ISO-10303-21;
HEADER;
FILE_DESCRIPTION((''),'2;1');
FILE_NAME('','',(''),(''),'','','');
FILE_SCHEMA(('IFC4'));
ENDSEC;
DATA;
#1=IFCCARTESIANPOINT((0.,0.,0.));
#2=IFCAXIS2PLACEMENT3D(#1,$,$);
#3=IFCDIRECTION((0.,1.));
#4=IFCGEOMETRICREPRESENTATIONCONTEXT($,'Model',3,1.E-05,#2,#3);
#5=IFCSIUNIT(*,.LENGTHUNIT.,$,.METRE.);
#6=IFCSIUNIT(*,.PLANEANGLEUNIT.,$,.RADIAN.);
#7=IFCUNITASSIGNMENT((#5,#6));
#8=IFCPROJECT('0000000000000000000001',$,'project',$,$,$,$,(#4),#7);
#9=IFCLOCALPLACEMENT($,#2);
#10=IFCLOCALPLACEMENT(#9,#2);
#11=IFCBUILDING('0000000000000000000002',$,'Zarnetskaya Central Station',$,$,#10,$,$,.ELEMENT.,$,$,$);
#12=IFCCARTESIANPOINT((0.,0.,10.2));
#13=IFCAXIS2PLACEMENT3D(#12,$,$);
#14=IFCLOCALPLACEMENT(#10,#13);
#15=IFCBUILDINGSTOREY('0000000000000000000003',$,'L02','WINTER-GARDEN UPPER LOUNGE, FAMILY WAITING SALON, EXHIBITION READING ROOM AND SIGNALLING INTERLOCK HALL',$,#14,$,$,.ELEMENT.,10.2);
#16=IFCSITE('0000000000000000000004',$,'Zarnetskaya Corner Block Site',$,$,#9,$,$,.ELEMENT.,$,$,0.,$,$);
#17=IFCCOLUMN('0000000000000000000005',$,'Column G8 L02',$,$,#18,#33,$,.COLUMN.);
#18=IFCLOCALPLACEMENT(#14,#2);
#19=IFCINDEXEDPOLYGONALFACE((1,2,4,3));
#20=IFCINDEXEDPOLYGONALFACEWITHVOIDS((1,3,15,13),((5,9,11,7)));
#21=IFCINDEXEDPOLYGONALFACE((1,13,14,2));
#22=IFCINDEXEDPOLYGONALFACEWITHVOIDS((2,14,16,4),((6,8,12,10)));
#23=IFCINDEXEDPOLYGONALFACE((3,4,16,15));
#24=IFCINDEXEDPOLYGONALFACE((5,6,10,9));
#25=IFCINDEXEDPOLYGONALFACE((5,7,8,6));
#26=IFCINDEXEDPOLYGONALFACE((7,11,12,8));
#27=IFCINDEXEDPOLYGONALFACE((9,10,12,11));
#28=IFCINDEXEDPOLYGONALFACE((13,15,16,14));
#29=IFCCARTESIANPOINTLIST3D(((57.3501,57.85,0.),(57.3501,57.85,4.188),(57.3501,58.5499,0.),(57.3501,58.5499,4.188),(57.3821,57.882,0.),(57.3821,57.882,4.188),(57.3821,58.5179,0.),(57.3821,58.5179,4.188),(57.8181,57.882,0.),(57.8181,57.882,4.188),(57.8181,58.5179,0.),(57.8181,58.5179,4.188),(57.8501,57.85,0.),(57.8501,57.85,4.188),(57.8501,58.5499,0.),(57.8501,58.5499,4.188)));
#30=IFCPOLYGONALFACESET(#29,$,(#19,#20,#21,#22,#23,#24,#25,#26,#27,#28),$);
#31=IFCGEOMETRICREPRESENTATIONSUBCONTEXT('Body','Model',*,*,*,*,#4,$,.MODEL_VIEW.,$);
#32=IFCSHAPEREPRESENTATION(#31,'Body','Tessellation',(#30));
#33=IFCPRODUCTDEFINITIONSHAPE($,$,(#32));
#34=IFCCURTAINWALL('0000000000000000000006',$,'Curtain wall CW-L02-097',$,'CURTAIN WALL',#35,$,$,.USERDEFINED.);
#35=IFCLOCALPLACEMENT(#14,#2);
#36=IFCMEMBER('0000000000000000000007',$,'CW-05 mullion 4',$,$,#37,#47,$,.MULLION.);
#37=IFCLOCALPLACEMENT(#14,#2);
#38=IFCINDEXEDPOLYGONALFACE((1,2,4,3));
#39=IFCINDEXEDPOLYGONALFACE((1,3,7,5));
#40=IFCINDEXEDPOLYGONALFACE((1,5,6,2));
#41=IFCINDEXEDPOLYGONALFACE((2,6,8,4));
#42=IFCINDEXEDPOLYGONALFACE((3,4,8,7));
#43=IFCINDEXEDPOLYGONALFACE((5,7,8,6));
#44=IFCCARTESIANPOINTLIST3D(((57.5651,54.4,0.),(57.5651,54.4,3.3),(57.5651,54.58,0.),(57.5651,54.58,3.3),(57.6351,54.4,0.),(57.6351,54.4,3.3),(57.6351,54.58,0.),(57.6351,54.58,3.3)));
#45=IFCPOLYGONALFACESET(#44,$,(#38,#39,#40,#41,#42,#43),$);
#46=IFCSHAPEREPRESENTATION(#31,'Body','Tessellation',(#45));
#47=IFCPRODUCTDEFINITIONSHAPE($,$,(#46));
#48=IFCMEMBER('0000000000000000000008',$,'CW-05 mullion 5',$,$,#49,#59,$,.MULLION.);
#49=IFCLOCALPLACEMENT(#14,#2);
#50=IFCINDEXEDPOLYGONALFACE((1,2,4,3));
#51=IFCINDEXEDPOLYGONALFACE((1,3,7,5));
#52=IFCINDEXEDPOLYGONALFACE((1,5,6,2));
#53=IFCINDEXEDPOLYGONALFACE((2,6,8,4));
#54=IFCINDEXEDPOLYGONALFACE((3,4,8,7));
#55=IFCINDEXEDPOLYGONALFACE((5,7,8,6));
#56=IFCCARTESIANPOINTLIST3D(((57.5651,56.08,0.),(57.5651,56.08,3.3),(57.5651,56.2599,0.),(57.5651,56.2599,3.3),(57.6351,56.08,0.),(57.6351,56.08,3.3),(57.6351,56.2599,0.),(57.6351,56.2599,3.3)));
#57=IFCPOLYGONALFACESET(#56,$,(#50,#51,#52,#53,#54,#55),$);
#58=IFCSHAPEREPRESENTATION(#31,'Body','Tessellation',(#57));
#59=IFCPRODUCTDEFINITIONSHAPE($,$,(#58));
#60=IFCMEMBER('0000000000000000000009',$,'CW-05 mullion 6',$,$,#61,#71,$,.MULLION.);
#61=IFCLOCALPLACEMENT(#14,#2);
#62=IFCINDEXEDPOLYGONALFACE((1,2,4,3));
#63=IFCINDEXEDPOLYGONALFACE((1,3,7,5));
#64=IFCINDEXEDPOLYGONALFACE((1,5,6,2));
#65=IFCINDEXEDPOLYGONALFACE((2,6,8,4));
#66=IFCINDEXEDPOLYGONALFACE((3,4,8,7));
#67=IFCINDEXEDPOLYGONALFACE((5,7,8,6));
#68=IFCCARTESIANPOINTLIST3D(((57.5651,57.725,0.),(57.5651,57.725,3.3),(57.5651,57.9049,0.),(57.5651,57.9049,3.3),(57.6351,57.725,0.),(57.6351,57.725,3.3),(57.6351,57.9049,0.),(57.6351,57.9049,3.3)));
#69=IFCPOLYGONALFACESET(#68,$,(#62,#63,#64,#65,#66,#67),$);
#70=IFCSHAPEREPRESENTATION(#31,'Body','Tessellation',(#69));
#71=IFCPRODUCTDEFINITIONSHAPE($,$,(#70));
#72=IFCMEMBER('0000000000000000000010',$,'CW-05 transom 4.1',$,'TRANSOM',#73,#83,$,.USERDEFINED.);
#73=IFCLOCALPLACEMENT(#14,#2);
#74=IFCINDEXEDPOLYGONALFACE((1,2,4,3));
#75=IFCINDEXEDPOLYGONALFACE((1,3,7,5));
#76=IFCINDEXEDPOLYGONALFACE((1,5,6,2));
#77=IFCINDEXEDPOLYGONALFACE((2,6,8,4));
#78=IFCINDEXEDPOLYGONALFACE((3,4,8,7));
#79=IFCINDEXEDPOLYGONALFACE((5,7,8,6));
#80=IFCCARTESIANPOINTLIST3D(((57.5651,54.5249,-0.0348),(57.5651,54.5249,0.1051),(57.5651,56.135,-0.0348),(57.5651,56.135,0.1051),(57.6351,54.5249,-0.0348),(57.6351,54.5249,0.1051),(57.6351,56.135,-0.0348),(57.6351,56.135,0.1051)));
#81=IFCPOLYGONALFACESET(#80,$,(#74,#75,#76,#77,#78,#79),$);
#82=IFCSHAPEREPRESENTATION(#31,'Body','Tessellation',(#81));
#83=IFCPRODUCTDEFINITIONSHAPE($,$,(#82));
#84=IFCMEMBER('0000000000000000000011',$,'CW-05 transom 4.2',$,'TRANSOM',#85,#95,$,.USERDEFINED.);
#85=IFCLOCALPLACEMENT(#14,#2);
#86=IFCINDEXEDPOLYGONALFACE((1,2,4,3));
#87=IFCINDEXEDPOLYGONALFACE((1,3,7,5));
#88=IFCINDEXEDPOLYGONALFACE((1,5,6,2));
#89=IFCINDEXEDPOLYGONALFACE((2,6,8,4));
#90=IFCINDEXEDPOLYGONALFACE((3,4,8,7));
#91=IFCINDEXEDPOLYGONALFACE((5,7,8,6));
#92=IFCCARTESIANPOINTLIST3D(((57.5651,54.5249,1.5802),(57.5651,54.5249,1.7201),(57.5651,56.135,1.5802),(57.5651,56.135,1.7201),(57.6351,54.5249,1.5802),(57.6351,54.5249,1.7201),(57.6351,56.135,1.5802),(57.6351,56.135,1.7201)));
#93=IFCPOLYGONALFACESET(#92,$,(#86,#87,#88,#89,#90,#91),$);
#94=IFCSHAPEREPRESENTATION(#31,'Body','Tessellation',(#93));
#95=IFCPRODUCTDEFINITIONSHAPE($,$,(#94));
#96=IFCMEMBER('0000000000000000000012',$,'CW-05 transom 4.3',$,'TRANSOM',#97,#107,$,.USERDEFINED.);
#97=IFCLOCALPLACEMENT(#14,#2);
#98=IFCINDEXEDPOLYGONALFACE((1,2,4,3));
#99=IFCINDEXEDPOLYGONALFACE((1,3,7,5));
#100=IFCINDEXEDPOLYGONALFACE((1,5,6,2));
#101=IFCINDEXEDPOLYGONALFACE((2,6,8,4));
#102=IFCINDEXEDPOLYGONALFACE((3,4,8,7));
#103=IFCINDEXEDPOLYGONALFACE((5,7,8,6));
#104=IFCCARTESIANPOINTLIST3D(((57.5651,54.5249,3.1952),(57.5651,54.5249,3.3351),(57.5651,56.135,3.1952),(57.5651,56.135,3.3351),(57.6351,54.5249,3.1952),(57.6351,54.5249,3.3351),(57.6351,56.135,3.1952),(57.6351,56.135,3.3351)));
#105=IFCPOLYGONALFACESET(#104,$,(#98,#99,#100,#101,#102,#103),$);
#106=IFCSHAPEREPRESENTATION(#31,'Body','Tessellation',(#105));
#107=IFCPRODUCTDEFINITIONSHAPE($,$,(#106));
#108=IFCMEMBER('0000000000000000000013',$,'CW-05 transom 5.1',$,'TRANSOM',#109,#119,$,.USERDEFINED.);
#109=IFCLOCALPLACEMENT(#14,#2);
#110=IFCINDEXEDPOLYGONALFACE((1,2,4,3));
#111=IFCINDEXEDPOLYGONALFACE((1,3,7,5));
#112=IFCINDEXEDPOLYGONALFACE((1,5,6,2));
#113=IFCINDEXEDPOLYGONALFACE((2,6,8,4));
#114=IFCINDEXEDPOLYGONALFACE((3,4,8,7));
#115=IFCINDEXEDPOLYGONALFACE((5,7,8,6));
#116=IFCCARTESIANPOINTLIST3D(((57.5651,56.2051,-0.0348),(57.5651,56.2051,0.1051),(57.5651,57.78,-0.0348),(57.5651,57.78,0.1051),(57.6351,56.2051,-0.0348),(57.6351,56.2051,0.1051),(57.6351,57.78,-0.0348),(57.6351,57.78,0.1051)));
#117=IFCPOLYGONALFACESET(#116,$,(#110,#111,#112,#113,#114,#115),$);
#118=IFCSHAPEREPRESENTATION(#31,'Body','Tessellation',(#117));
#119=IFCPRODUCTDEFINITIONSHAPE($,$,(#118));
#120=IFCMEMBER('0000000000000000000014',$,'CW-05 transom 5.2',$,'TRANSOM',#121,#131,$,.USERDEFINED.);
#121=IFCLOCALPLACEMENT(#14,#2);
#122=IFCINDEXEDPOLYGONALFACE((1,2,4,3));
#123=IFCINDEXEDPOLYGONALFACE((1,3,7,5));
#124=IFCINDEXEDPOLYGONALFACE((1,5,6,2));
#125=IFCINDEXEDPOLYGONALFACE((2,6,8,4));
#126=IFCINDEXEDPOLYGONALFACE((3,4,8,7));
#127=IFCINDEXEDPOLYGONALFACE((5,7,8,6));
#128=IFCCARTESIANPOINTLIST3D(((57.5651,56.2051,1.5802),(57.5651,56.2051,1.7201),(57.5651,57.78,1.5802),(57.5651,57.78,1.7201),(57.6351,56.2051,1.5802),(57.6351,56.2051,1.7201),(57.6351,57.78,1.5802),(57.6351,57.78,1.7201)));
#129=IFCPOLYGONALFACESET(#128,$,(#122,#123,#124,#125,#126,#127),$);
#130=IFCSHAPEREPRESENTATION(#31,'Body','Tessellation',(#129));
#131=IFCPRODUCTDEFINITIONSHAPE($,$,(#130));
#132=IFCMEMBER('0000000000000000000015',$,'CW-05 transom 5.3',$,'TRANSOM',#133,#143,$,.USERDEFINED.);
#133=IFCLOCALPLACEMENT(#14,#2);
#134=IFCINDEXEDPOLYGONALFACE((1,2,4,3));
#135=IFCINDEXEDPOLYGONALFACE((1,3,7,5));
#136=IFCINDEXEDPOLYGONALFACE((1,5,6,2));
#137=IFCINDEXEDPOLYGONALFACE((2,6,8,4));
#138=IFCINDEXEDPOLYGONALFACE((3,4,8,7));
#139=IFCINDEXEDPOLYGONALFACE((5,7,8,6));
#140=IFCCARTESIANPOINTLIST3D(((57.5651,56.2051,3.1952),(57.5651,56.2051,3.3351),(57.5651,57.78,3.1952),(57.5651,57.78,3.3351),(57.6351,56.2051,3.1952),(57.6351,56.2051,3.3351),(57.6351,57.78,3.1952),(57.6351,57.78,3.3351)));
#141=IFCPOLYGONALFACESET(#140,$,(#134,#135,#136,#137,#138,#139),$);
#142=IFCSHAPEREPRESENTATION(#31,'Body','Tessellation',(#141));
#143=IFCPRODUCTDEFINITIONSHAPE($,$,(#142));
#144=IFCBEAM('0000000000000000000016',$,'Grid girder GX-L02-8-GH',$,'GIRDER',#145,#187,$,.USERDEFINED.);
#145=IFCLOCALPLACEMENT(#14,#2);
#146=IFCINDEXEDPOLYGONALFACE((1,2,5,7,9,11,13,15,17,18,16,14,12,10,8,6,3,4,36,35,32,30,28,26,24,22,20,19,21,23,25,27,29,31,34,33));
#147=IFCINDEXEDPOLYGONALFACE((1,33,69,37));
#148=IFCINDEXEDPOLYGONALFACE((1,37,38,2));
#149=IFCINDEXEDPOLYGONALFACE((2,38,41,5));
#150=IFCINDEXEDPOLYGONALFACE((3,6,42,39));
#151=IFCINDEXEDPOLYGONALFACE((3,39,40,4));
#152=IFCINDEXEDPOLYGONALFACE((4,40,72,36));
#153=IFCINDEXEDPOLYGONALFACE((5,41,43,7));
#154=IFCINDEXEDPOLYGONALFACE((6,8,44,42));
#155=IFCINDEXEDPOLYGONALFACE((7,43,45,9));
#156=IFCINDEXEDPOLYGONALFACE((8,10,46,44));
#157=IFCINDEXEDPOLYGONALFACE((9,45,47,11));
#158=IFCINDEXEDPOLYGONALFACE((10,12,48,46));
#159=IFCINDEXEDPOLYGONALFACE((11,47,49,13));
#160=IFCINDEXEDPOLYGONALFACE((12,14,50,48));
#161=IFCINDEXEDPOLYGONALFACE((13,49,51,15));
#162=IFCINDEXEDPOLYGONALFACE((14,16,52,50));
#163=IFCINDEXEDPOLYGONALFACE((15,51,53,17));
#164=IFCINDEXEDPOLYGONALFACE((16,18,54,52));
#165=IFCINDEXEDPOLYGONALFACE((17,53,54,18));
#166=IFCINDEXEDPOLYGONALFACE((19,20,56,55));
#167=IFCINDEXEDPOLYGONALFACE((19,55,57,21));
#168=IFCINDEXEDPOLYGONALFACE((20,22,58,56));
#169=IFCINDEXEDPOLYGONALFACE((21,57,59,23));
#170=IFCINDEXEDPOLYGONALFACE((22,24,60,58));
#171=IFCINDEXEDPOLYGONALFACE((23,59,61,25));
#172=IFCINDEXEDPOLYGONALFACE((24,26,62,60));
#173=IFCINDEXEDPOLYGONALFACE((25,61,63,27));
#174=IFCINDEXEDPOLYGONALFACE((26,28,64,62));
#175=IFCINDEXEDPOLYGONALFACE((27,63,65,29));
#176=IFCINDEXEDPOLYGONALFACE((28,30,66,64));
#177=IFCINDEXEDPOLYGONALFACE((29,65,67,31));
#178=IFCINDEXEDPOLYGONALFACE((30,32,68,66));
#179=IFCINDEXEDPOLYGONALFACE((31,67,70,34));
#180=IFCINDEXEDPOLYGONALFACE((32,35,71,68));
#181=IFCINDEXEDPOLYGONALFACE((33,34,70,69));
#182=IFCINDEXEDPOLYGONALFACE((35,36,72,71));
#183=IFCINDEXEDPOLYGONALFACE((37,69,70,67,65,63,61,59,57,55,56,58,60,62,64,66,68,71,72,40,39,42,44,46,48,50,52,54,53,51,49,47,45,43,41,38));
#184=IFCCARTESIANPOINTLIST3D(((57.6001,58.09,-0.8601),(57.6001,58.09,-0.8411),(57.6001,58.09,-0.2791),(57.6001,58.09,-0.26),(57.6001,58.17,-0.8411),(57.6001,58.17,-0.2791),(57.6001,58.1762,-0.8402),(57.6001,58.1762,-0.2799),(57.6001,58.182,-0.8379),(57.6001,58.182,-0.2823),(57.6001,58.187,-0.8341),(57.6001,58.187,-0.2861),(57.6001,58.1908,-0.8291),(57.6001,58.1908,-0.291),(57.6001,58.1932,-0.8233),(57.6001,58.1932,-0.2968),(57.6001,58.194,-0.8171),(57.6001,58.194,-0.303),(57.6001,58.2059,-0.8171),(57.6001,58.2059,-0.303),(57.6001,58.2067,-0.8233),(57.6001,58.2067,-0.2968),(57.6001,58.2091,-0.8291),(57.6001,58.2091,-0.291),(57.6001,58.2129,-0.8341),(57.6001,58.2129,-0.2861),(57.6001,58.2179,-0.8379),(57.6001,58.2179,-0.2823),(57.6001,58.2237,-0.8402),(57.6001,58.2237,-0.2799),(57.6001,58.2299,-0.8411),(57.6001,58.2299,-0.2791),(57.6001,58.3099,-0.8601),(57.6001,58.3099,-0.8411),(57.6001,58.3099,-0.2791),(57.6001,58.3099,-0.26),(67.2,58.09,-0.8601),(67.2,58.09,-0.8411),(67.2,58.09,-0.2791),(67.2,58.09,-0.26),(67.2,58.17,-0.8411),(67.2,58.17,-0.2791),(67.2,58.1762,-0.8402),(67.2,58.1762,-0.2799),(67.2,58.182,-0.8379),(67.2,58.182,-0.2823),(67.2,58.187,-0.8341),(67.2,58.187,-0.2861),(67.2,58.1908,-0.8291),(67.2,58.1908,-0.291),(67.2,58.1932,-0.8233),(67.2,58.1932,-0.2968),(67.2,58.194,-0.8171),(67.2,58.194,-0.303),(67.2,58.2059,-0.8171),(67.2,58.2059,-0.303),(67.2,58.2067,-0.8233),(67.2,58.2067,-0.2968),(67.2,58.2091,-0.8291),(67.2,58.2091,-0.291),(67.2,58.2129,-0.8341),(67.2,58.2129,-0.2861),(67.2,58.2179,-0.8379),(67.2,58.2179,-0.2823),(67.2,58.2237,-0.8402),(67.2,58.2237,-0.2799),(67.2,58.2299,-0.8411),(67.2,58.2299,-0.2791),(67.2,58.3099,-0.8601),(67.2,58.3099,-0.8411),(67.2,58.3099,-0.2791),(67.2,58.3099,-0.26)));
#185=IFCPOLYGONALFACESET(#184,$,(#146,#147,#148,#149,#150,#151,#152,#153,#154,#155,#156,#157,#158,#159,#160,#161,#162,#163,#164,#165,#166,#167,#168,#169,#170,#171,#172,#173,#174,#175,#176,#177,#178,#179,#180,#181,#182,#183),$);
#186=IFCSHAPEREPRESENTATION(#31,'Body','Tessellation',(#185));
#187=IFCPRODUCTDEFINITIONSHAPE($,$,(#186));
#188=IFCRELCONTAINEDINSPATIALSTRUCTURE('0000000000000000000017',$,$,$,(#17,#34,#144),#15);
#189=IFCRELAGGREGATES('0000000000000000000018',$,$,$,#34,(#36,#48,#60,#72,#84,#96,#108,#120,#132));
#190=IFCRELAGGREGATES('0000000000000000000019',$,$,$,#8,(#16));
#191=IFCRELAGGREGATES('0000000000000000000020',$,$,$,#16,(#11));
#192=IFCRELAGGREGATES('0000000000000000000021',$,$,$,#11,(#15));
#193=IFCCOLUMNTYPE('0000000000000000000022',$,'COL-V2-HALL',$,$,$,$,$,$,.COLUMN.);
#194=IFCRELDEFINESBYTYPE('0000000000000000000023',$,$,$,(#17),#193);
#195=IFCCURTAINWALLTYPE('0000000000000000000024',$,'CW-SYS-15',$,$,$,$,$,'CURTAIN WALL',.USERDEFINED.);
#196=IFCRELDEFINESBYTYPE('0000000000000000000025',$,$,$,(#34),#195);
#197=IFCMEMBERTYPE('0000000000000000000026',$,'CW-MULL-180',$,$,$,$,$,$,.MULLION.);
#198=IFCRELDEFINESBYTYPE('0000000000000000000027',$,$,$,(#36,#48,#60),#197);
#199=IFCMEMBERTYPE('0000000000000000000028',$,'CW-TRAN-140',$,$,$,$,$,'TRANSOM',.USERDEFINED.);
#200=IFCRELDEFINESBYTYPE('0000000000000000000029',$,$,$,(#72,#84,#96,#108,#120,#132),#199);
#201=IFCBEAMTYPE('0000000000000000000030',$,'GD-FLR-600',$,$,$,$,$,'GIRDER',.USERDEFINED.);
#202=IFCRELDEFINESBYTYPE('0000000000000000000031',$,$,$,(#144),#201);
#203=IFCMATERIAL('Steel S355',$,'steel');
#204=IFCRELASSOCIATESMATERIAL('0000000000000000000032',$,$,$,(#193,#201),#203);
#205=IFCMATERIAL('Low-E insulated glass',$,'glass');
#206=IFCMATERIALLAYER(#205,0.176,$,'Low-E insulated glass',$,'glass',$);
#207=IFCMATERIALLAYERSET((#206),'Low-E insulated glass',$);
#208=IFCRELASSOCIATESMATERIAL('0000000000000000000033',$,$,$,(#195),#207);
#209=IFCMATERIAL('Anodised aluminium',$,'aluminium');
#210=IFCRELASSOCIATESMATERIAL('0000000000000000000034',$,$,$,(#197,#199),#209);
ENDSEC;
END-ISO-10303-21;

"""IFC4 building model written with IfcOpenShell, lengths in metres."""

from ifc_helpers import new_model, si_unit, direction, frame, origin, origin_2d, place, context, subcontext, project, spatial, rectangle, hollow_rectangle, i_section, extrude, material, layer, layer_set, material_profile, profile_set, type_object, element, aggregate, save


model = new_model("IFC4")

# Units and contexts
model_context = context("Model", 3, precision=1e-05, world=origin(), true_north=direction((0.0, 1.0)))
body_context = subcontext(model_context, "Body", "Model", "MODEL_VIEW")
ifc_project = project(units=[si_unit("LENGTHUNIT", "METRE"), si_unit("PLANEANGLEUNIT", "RADIAN")], contexts=[model_context])

# Site, building, storey
site_placement = place(None, origin())
site = spatial("IfcSite", under=ifc_project, at=site_placement, Name="Zarnetskaya Corner Block Site", CompositionType="ELEMENT", RefElevation=0.0)
building_placement = place(site_placement, origin())
building = spatial("IfcBuilding", under=site, at=building_placement, Name="Zarnetskaya Central Station", CompositionType="ELEMENT")
storey_placement = place(building_placement, frame((0.0, 0.0, 10.2)))
storey = spatial("IfcBuildingStorey", under=building, at=storey_placement, Name="L02", Description="WINTER-GARDEN UPPER LOUNGE, FAMILY WAITING SALON, EXHIBITION READING ROOM AND SIGNALLING INTERLOCK HALL", CompositionType="ELEMENT", Elevation=10.2)

# Column
ifc_material_1 = material(Name="Steel S355", Category="steel")
ifc_material_profile_1 = material_profile(ifc_material_1, hollow_rectangle(XDim=0.5, YDim=0.7, WallThickness=0.032, at=origin_2d()), Name="BOX 700x500x32")
ifc_profile_set_1 = profile_set([ifc_material_profile_1], Name="Steel S355")
column_type = type_object("IfcColumnType", Name="COL-V2-HALL", PredefinedType="COLUMN", material=ifc_profile_set_1)
column_placement = place(storey_placement, frame((57.6001, 58.2, 0.0), z_axis=(0.0, 0.0, 1.0), x_axis=(1.0, 0.0, 0.0)))
element("IfcColumn", 1, at=column_placement, inside=storey, type_object=column_type, Name="Column G8 L02", PredefinedType="COLUMN", context=body_context, shape_type="SweptSolid", body=[
    extrude(hollow_rectangle(XDim=0.5, YDim=0.7, WallThickness=0.032, at=origin_2d()), origin(), (0.0, 0.0, 1.0), 4.188),
])

# Curtain wall, members
ifc_material_2 = material(Name="Low-E insulated glass", Category="glass")
ifc_layer_1 = layer(ifc_material_2, 0.176, Name="Low-E insulated glass", Category="glass")
ifc_layer_set_1 = layer_set([ifc_layer_1], Name="Low-E insulated glass")
curtain_wall_type = type_object("IfcCurtainWallType", Name="CW-SYS-15", ElementType="CURTAIN WALL", PredefinedType="USERDEFINED", material=ifc_layer_set_1)
curtain_wall_placement = place(storey_placement, origin())
curtain_wall = element("IfcCurtainWall", 2, at=curtain_wall_placement, inside=storey, type_object=curtain_wall_type, Name="Curtain wall CW-L02-097", ObjectType="CURTAIN WALL", PredefinedType="USERDEFINED")
ifc_material_3 = material(Name="Anodised aluminium", Category="aluminium")
ifc_material_profile_2 = material_profile(ifc_material_3, rectangle(XDim=0.0701, YDim=0.1799, at=origin_2d()), Name="ALU MULL 70x180")
ifc_profile_set_2 = profile_set([ifc_material_profile_2], Name="Anodised aluminium")
member_type_1 = type_object("IfcMemberType", Name="CW-MULL-180", PredefinedType="MULLION", material=ifc_profile_set_2)
member_1_placement = place(storey_placement, frame((57.6001, 54.49, 0.0), z_axis=(0.0, 0.0, 1.0), x_axis=(-1.0, 0.0, 0.0)))
member_1 = element("IfcMember", 3, at=member_1_placement, type_object=member_type_1, Name="CW-05 mullion 4", PredefinedType="MULLION", context=body_context, shape_type="SweptSolid", body=[
    extrude(rectangle(XDim=0.0701, YDim=0.1799, at=origin_2d()), origin(), (0.0, 0.0, 1.0), 3.3),
])
member_2_placement = place(storey_placement, frame((57.6001, 56.1699, 0.0), z_axis=(0.0, 0.0, 1.0), x_axis=(-1.0, 0.0, 0.0)))
member_2 = element("IfcMember", 4, at=member_2_placement, type_object=member_type_1, Name="CW-05 mullion 5", PredefinedType="MULLION", context=body_context, shape_type="SweptSolid", body=[
    extrude(rectangle(XDim=0.0701, YDim=0.1799, at=origin_2d()), origin(), (0.0, 0.0, 1.0), 3.3),
])
member_3_placement = place(storey_placement, frame((57.6001, 57.8149, 0.0), z_axis=(0.0, 0.0, 1.0), x_axis=(-1.0, 0.0, 0.0)))
member_3 = element("IfcMember", 5, at=member_3_placement, type_object=member_type_1, Name="CW-05 mullion 6", PredefinedType="MULLION", context=body_context, shape_type="SweptSolid", body=[
    extrude(rectangle(XDim=0.0701, YDim=0.1799, at=origin_2d()), origin(), (0.0, 0.0, 1.0), 3.3),
])
ifc_material_profile_3 = material_profile(ifc_material_3, rectangle(XDim=0.0701, YDim=0.1399, at=origin_2d()), Name="ALU TRAN 70x140")
ifc_profile_set_3 = profile_set([ifc_material_profile_3], Name="Anodised aluminium")
member_type_2 = type_object("IfcMemberType", Name="CW-TRAN-140", ElementType="TRANSOM", PredefinedType="USERDEFINED", material=ifc_profile_set_3)
member_4_placement = place(storey_placement, frame((57.6001, 54.5249, 0.0352), z_axis=(0.0, 1.0, 0.0), x_axis=(-1.0, 0.0, 0.0)))
member_4 = element("IfcMember", 6, at=member_4_placement, type_object=member_type_2, Name="CW-05 transom 4.1", ObjectType="TRANSOM", PredefinedType="USERDEFINED", context=body_context, shape_type="SweptSolid", body=[
    extrude(rectangle(XDim=0.0701, YDim=0.1399, at=origin_2d()), origin(), (0.0, 0.0, 1.0), 1.6101),
])
member_5_placement = place(storey_placement, frame((57.6001, 54.5249, 1.6501), z_axis=(0.0, 1.0, 0.0), x_axis=(-1.0, 0.0, 0.0)))
member_5 = element("IfcMember", 7, at=member_5_placement, type_object=member_type_2, Name="CW-05 transom 4.2", ObjectType="TRANSOM", PredefinedType="USERDEFINED", context=body_context, shape_type="SweptSolid", body=[
    extrude(rectangle(XDim=0.0701, YDim=0.1399, at=origin_2d()), origin(), (0.0, 0.0, 1.0), 1.6101),
])
member_6_placement = place(storey_placement, frame((57.6001, 54.5249, 3.2651), z_axis=(0.0, 1.0, 0.0), x_axis=(-1.0, 0.0, 0.0)))
member_6 = element("IfcMember", 8, at=member_6_placement, type_object=member_type_2, Name="CW-05 transom 4.3", ObjectType="TRANSOM", PredefinedType="USERDEFINED", context=body_context, shape_type="SweptSolid", body=[
    extrude(rectangle(XDim=0.0701, YDim=0.1399, at=origin_2d()), origin(), (0.0, 0.0, 1.0), 1.6101),
])
member_7_placement = place(storey_placement, frame((57.6001, 56.2051, 0.0352), z_axis=(0.0, 1.0, 0.0), x_axis=(-1.0, 0.0, 0.0)))
member_7 = element("IfcMember", 9, at=member_7_placement, type_object=member_type_2, Name="CW-05 transom 5.1", ObjectType="TRANSOM", PredefinedType="USERDEFINED", context=body_context, shape_type="SweptSolid", body=[
    extrude(rectangle(XDim=0.0701, YDim=0.1399, at=origin_2d()), origin(), (0.0, 0.0, 1.0), 1.575),
])
member_8_placement = place(storey_placement, frame((57.6001, 56.2051, 1.6501), z_axis=(0.0, 1.0, 0.0), x_axis=(-1.0, 0.0, 0.0)))
member_8 = element("IfcMember", 10, at=member_8_placement, type_object=member_type_2, Name="CW-05 transom 5.2", ObjectType="TRANSOM", PredefinedType="USERDEFINED", context=body_context, shape_type="SweptSolid", body=[
    extrude(rectangle(XDim=0.0701, YDim=0.1399, at=origin_2d()), origin(), (0.0, 0.0, 1.0), 1.575),
])
member_9_placement = place(storey_placement, frame((57.6001, 56.2051, 3.2651), z_axis=(0.0, 1.0, 0.0), x_axis=(-1.0, 0.0, 0.0)))
member_9 = element("IfcMember", 11, at=member_9_placement, type_object=member_type_2, Name="CW-05 transom 5.3", ObjectType="TRANSOM", PredefinedType="USERDEFINED", context=body_context, shape_type="SweptSolid", body=[
    extrude(rectangle(XDim=0.0701, YDim=0.1399, at=origin_2d()), origin(), (0.0, 0.0, 1.0), 1.575),
])

# Beam
ifc_material_profile_4 = material_profile(ifc_material_1, i_section(OverallWidth=0.22, OverallDepth=0.6001, WebThickness=0.012, FlangeThickness=0.019, FilletRadius=0.0239, at=origin_2d()), Name="IPE 600")
ifc_profile_set_4 = profile_set([ifc_material_profile_4], Name="Steel S355")
beam_type = type_object("IfcBeamType", Name="GD-FLR-600", ElementType="GIRDER", PredefinedType="USERDEFINED", material=ifc_profile_set_4)
beam_placement = place(storey_placement, frame((57.6001, 58.2, -0.5601), z_axis=(1.0, 0.0, 0.0), x_axis=(0.0, 1.0, 0.0)))
element("IfcBeam", 12, at=beam_placement, inside=storey, type_object=beam_type, Name="Grid girder GX-L02-8-GH", ObjectType="GIRDER", PredefinedType="USERDEFINED", context=body_context, shape_type="SweptSolid", body=[
    extrude(i_section(OverallWidth=0.22, OverallDepth=0.6001, WebThickness=0.012, FlangeThickness=0.019, FilletRadius=0.0239, at=origin_2d()), origin(), (0.0, 0.0, 1.0), 9.5999),
])

aggregate(curtain_wall, [member_1, member_2, member_3, member_4, member_5, member_6, member_7, member_8, member_9])

save(model, "model.ifc")
